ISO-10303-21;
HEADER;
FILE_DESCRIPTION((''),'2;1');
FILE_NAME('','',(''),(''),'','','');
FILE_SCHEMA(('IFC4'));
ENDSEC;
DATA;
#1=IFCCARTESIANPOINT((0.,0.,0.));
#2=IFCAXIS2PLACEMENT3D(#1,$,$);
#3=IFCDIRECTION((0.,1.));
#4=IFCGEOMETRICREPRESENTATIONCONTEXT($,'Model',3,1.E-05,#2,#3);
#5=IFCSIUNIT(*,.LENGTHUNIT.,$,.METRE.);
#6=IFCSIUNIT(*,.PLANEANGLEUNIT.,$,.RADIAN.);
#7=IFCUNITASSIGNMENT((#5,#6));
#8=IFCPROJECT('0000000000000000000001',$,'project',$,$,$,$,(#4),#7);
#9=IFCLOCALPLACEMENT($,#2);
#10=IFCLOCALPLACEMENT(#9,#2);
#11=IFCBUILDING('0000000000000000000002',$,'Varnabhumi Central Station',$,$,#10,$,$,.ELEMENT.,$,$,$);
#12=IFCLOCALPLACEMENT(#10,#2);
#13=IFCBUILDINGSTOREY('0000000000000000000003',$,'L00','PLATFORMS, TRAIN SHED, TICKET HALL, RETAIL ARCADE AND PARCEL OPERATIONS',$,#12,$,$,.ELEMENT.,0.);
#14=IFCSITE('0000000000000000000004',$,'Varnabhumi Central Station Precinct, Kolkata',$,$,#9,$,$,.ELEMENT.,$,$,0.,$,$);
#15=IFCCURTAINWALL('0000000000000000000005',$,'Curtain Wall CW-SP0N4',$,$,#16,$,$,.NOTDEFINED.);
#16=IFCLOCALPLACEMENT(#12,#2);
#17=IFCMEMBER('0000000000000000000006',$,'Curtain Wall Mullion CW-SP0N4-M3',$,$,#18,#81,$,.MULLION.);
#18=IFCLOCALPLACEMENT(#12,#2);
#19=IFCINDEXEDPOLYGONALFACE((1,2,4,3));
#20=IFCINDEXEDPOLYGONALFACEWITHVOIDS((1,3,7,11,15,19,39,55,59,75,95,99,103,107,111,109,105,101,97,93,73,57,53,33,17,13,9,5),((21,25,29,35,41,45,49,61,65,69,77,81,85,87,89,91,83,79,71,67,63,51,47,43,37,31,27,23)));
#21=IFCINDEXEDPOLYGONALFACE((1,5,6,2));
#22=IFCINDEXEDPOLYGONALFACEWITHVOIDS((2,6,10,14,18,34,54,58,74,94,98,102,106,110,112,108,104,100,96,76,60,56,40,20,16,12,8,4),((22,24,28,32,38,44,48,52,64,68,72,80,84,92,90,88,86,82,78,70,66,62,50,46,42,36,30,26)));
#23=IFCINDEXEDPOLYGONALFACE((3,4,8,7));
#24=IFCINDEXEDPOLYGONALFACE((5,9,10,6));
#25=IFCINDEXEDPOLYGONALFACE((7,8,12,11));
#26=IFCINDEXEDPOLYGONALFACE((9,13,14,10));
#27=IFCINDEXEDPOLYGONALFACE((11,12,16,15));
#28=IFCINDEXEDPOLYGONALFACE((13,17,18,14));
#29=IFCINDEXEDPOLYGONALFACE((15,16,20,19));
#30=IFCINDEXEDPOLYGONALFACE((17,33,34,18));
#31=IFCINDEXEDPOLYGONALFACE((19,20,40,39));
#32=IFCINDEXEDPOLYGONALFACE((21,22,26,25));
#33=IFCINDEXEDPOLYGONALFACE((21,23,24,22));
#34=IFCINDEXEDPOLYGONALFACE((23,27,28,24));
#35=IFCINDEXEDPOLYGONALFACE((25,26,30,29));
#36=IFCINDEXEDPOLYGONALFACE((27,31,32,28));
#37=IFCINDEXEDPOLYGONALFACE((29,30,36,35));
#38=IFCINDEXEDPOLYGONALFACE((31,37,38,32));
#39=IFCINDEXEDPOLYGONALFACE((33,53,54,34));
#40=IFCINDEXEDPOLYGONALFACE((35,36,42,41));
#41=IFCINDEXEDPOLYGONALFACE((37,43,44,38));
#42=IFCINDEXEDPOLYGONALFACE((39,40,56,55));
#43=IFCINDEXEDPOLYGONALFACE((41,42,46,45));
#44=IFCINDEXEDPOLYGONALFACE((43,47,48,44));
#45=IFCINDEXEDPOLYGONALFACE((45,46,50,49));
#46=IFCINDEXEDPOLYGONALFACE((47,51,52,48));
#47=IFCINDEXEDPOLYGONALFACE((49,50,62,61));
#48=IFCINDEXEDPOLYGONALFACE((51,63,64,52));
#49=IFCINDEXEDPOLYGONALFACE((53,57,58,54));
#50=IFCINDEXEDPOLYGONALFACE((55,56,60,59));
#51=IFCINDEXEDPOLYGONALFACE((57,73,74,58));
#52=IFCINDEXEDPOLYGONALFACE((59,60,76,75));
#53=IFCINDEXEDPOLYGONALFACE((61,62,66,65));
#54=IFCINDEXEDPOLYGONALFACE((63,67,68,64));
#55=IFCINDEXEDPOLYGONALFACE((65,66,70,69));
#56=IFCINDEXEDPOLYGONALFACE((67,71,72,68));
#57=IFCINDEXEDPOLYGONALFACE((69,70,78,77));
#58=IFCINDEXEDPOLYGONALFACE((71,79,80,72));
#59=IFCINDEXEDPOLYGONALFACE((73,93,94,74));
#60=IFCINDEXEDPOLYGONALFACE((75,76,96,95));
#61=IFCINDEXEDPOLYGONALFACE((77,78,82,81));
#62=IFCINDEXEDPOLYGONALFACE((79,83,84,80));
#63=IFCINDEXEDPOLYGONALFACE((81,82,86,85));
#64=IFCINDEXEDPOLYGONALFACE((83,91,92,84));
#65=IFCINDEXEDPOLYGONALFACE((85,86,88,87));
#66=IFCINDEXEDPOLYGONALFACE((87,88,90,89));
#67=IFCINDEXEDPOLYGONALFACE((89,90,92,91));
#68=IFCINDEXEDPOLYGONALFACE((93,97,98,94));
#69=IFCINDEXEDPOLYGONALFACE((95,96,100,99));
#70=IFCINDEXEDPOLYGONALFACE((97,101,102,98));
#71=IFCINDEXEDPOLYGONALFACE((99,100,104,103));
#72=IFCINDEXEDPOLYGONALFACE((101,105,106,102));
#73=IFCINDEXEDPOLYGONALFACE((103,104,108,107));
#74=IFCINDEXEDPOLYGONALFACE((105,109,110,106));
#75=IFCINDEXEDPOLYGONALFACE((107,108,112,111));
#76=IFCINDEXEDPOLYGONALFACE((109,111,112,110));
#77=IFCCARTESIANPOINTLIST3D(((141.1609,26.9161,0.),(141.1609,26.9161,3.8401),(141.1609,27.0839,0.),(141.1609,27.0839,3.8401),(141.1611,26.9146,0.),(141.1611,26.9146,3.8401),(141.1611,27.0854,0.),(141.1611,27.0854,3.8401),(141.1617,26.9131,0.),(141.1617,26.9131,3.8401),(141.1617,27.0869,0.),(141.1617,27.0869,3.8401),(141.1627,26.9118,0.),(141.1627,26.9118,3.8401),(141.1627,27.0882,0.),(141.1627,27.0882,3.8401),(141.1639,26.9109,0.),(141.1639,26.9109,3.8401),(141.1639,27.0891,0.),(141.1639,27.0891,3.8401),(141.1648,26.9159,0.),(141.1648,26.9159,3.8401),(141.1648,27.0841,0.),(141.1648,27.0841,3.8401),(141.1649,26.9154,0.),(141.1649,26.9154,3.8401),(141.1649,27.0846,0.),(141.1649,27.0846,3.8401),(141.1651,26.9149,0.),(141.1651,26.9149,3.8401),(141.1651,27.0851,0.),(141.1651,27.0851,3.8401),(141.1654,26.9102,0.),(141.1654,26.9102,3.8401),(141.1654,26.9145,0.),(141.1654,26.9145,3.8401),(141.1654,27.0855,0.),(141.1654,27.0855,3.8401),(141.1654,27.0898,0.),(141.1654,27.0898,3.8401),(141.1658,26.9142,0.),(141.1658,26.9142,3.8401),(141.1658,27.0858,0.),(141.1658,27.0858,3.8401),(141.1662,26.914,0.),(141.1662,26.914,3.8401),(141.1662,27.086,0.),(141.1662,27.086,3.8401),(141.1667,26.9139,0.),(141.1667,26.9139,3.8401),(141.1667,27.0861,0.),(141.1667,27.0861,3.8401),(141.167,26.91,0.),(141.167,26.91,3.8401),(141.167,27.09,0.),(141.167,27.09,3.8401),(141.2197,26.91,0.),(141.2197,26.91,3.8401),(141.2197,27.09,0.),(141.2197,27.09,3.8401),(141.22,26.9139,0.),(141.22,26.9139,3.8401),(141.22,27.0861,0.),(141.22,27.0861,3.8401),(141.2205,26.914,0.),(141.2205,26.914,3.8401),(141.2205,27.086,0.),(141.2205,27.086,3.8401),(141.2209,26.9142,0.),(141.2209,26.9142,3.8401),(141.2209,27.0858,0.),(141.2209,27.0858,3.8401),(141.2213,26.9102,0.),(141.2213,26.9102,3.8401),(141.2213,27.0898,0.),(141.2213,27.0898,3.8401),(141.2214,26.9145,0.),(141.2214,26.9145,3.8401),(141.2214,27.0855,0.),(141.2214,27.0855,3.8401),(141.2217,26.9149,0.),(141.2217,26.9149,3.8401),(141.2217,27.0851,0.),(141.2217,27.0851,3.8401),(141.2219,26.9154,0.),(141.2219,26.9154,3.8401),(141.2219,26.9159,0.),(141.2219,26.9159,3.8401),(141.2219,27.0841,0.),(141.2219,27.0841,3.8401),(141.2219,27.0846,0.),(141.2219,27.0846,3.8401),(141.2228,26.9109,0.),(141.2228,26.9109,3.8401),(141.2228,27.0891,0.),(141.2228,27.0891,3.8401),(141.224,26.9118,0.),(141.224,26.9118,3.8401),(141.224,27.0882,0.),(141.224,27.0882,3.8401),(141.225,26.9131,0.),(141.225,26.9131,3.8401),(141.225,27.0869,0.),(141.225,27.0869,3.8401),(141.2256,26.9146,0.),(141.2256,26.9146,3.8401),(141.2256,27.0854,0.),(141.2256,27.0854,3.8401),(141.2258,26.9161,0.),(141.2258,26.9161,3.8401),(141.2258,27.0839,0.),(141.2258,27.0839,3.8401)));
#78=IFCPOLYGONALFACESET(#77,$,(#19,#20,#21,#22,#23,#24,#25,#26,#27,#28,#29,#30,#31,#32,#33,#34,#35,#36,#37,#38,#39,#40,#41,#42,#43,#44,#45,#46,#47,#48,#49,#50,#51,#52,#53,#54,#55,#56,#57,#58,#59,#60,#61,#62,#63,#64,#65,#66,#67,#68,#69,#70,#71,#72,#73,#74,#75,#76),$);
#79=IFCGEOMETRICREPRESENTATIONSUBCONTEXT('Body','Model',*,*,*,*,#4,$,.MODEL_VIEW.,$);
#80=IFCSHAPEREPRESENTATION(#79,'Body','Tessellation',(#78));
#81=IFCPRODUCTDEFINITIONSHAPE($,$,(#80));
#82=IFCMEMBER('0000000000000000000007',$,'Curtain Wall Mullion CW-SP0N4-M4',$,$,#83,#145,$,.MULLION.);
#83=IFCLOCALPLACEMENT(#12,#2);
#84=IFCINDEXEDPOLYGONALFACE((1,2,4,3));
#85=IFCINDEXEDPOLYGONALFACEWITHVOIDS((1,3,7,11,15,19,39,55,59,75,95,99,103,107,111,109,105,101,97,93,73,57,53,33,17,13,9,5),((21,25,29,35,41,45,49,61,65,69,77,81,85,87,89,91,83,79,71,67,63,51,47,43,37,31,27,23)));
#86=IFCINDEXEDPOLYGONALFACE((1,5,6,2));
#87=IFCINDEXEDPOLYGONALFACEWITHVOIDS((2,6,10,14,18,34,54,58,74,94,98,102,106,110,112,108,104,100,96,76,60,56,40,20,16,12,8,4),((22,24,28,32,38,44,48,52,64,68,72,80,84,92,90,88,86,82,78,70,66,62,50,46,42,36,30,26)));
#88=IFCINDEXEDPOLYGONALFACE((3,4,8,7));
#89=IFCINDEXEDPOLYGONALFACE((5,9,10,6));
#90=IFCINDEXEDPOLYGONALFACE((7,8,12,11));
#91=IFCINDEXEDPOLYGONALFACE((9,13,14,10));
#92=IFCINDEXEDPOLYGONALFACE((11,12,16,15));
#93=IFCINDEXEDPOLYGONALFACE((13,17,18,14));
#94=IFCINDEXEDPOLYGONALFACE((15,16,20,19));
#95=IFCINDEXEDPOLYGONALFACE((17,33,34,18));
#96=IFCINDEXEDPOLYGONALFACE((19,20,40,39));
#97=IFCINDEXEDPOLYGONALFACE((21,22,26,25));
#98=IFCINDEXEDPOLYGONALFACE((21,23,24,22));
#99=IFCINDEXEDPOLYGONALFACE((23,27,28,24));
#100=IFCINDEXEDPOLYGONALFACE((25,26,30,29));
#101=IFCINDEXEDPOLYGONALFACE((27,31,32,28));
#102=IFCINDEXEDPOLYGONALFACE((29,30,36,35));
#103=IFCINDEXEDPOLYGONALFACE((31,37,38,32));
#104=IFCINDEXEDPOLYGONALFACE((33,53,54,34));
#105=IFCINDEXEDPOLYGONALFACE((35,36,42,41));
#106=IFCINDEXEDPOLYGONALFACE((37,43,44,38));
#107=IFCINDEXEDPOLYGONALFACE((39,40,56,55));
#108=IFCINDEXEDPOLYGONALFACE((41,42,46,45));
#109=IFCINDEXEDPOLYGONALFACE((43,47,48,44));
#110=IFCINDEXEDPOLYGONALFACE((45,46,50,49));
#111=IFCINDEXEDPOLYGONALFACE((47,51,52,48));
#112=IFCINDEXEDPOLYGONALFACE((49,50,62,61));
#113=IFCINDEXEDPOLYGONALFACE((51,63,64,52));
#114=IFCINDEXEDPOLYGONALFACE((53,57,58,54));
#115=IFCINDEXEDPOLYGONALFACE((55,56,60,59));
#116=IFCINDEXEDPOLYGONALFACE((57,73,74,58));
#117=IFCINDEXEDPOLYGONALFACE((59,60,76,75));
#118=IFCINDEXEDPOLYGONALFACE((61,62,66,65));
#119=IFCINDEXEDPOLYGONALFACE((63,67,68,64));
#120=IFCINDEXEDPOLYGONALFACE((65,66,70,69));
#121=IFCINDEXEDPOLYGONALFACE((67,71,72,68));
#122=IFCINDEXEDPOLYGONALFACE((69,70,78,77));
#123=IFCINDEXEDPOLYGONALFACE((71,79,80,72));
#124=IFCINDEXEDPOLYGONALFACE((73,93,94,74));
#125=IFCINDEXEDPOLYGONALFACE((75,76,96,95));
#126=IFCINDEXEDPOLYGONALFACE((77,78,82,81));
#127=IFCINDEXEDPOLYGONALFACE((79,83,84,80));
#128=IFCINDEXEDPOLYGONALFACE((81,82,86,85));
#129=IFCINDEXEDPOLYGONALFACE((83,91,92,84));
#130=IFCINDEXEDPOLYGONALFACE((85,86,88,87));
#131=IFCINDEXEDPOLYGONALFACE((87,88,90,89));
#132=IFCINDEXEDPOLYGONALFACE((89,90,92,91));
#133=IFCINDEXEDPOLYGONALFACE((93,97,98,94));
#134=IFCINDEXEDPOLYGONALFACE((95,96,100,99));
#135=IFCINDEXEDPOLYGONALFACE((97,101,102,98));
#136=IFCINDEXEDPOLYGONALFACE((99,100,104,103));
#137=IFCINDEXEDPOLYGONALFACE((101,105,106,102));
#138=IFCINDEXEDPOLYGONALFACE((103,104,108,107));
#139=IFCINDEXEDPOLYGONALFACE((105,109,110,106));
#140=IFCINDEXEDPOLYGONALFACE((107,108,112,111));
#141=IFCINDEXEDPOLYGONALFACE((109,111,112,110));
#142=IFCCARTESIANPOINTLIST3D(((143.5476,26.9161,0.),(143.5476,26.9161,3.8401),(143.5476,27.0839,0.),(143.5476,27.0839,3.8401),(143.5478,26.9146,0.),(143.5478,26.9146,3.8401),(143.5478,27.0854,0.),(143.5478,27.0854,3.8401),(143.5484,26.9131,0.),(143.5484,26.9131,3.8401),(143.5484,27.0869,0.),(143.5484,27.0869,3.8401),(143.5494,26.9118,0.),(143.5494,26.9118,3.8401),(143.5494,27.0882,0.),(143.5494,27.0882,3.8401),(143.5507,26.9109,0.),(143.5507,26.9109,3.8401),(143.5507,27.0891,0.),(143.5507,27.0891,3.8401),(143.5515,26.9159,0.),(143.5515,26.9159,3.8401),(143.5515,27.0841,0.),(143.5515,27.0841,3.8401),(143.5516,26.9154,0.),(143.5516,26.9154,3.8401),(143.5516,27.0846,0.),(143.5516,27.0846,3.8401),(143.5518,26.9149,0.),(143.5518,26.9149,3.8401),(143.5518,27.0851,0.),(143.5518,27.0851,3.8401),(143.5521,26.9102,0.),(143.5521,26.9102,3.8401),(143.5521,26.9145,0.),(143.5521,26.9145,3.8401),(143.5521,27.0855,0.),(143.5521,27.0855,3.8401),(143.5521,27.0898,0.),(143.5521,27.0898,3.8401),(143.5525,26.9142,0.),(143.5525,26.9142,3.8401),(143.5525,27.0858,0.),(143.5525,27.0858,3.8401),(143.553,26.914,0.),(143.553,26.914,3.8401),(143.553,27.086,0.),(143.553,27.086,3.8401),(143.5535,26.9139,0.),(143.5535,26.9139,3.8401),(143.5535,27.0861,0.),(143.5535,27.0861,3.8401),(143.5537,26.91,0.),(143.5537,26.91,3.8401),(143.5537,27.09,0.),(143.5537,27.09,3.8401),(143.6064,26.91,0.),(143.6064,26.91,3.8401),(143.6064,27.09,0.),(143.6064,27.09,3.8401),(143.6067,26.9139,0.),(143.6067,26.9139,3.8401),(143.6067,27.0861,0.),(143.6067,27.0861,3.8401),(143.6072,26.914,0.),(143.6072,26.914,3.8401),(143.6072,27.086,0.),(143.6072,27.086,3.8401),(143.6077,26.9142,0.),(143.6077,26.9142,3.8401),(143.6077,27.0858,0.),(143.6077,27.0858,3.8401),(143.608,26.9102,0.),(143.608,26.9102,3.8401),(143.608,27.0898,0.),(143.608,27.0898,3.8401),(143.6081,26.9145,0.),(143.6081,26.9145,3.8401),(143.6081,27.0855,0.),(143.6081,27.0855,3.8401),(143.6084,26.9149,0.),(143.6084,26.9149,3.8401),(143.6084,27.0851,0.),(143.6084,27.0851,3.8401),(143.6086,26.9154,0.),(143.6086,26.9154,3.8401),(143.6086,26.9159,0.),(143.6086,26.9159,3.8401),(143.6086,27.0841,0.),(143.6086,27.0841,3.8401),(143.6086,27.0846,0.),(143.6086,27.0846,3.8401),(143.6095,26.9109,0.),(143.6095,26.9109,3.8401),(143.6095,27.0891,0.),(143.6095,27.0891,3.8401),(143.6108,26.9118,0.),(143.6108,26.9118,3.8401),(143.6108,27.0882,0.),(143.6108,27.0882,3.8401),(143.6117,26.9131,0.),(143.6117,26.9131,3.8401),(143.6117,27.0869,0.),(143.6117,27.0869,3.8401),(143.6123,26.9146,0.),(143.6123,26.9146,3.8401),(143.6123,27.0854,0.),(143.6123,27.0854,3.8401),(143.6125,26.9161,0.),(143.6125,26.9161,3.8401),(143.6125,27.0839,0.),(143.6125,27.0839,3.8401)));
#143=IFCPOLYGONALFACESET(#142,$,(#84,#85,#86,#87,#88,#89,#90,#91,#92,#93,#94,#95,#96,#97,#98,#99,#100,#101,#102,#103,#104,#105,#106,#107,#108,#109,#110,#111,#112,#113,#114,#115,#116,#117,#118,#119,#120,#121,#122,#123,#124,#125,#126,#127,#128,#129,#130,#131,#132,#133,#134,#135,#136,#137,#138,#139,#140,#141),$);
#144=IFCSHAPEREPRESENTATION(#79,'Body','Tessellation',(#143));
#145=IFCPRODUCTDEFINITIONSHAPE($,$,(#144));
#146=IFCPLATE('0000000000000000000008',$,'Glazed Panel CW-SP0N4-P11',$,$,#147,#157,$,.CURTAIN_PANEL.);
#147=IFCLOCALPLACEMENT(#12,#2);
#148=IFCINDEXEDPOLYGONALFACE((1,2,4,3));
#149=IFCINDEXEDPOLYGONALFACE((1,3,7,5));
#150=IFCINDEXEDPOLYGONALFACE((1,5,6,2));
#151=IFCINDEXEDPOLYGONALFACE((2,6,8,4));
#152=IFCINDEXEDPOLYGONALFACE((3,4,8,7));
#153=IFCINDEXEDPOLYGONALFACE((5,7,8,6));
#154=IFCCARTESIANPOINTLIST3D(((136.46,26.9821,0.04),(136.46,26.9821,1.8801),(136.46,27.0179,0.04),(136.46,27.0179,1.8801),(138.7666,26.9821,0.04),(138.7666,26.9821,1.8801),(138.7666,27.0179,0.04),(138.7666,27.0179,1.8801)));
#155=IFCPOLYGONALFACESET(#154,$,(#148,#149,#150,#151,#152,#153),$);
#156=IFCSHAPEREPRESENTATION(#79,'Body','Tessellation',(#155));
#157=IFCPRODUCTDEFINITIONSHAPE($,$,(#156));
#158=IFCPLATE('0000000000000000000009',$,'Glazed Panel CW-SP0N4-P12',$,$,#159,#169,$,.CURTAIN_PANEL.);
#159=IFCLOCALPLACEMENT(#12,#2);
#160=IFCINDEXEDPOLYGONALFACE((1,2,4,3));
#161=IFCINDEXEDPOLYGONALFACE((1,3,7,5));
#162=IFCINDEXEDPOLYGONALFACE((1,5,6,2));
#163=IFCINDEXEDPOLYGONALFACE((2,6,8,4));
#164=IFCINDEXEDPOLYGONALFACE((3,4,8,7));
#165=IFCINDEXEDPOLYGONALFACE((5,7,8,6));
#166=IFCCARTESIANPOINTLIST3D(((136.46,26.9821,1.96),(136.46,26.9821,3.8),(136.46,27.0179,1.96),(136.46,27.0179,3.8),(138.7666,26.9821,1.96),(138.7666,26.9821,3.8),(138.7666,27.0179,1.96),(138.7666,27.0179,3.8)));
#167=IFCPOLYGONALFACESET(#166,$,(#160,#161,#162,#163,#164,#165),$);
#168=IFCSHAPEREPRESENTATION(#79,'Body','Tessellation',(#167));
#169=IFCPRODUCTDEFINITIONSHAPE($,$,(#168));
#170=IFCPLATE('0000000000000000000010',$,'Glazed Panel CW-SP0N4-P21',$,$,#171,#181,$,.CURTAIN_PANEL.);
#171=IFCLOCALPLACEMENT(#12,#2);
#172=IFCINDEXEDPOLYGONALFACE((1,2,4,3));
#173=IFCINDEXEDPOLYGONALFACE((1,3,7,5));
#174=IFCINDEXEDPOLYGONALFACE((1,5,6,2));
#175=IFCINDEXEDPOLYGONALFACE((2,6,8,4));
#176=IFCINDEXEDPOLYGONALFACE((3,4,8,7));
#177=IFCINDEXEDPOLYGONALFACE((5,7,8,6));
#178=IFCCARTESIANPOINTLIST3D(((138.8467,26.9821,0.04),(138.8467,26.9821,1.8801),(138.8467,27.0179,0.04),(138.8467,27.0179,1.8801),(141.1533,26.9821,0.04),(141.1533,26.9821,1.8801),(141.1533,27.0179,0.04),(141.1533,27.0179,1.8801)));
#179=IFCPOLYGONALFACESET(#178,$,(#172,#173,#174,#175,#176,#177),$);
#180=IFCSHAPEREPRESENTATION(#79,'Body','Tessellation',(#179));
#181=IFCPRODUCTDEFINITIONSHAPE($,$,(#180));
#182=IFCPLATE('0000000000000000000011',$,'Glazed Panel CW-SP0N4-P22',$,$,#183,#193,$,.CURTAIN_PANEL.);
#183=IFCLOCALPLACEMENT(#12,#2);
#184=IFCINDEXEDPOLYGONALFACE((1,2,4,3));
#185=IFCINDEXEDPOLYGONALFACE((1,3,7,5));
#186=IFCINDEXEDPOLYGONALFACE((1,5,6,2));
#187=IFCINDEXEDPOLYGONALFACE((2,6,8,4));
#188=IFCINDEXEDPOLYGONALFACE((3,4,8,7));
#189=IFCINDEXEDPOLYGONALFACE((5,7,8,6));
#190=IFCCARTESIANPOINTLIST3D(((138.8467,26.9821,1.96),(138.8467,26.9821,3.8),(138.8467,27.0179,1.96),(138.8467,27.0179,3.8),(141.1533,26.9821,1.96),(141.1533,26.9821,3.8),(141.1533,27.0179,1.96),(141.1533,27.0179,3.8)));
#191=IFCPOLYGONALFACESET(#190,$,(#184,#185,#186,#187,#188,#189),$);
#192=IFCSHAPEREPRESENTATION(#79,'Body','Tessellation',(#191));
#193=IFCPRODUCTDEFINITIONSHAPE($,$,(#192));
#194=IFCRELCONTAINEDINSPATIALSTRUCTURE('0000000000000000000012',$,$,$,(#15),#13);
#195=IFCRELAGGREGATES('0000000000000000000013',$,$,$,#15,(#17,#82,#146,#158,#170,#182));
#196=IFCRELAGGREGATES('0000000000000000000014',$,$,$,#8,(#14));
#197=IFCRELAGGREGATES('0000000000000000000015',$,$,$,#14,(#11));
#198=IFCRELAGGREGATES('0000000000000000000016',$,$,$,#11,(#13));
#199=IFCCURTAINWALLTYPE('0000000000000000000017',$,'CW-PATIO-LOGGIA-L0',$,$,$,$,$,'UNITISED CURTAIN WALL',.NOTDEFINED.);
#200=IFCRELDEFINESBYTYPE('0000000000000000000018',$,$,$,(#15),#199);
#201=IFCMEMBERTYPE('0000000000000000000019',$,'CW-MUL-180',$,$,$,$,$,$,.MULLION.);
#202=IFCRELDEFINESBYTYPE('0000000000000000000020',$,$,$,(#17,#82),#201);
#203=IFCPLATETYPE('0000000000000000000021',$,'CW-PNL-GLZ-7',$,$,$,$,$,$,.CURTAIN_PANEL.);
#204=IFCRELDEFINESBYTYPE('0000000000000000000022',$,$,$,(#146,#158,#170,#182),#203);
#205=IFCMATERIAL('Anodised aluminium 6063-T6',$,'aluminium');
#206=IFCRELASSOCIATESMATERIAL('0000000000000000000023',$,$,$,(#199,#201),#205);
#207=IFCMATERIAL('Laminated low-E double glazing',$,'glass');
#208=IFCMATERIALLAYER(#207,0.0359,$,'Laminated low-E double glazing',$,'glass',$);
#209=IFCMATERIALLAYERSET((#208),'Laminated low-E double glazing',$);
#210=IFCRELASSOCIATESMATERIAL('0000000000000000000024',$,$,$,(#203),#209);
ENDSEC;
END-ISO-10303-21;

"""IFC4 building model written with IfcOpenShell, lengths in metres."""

from ifc_helpers import new_model, si_unit, direction, frame, origin, origin_2d, place, context, subcontext, project, spatial, rectangle, hollow_rectangle, extrude, material, layer, layer_set, material_profile, profile_set, type_object, element, aggregate, save


model = new_model("IFC4")

# Units and contexts
model_context = context("Model", 3, precision=1e-05, world=origin(), true_north=direction((0.0, 1.0)))
body_context = subcontext(model_context, "Body", "Model", "MODEL_VIEW")
ifc_project = project(units=[si_unit("LENGTHUNIT", "METRE"), si_unit("PLANEANGLEUNIT", "RADIAN")], contexts=[model_context])

# Site, building, storey
site_placement = place(None, origin())
site = spatial("IfcSite", under=ifc_project, at=site_placement, Name="Varnabhumi Central Station Precinct, Kolkata", CompositionType="ELEMENT", RefElevation=0.0)
building_placement = place(site_placement, origin())
building = spatial("IfcBuilding", under=site, at=building_placement, Name="Varnabhumi Central Station", CompositionType="ELEMENT")
storey_placement = place(building_placement, origin())
storey = spatial("IfcBuildingStorey", under=building, at=storey_placement, Name="L00", Description="PLATFORMS, TRAIN SHED, TICKET HALL, RETAIL ARCADE AND PARCEL OPERATIONS", CompositionType="ELEMENT", Elevation=0.0)

# Curtain wall, members, plates
ifc_material_1 = material(Name="Anodised aluminium 6063-T6", Category="aluminium")
curtain_wall_type = type_object("IfcCurtainWallType", Name="CW-PATIO-LOGGIA-L0", ElementType="UNITISED CURTAIN WALL", PredefinedType="NOTDEFINED", material=ifc_material_1)
curtain_wall_placement = place(storey_placement, origin())
curtain_wall = element("IfcCurtainWall", 1, at=curtain_wall_placement, inside=storey, type_object=curtain_wall_type, Name="Curtain Wall CW-SP0N4", PredefinedType="NOTDEFINED")
ifc_material_profile_1 = material_profile(ifc_material_1, hollow_rectangle(XDim=0.0649, YDim=0.1799, WallThickness=0.0039, InnerFilletRadius=0.002, OuterFilletRadius=0.0061, at=origin_2d()), Name="Anodised aluminium 6063-T6", Category="aluminium")
ifc_profile_set_1 = profile_set([ifc_material_profile_1], Name="Anodised aluminium 6063-T6")
member_type = type_object("IfcMemberType", Name="CW-MUL-180", PredefinedType="MULLION", material=ifc_profile_set_1)
member_1_placement = place(storey_placement, frame((141.1934, 27.0, 0.0), z_axis=(0.0, 0.0, 1.0), x_axis=(1.0, 0.0, 0.0)))
member_1 = element("IfcMember", 2, at=member_1_placement, type_object=member_type, Name="Curtain Wall Mullion CW-SP0N4-M3", PredefinedType="MULLION", context=body_context, shape_type="SweptSolid", body=[
    extrude(hollow_rectangle(XDim=0.0649, YDim=0.1799, WallThickness=0.0039, InnerFilletRadius=0.002, OuterFilletRadius=0.0061, at=origin_2d()), origin(), (0.0, 0.0, 1.0), 3.8401),
])
member_2_placement = place(storey_placement, frame((143.5801, 27.0, 0.0), z_axis=(0.0, 0.0, 1.0), x_axis=(1.0, 0.0, 0.0)))
member_2 = element("IfcMember", 3, at=member_2_placement, type_object=member_type, Name="Curtain Wall Mullion CW-SP0N4-M4", PredefinedType="MULLION", context=body_context, shape_type="SweptSolid", body=[
    extrude(hollow_rectangle(XDim=0.0649, YDim=0.1799, WallThickness=0.0039, InnerFilletRadius=0.002, OuterFilletRadius=0.0061, at=origin_2d()), origin(), (0.0, 0.0, 1.0), 3.8401),
])
ifc_material_2 = material(Name="Laminated low-E double glazing", Category="glass")
ifc_layer_1 = layer(ifc_material_2, 0.0359, Name="Laminated low-E double glazing", Category="glass")
ifc_layer_set_1 = layer_set([ifc_layer_1], Name="Laminated low-E double glazing")
plate_type = type_object("IfcPlateType", Name="CW-PNL-GLZ-7", PredefinedType="CURTAIN_PANEL", material=ifc_layer_set_1)
plate_1_placement = place(storey_placement, frame((137.6133, 27.0, 0.04), z_axis=(0.0, 0.0, 1.0), x_axis=(1.0, 0.0, 0.0)))
plate_1 = element("IfcPlate", 4, at=plate_1_placement, type_object=plate_type, Name="Glazed Panel CW-SP0N4-P11", PredefinedType="CURTAIN_PANEL", context=body_context, shape_type="SweptSolid", body=[
    extrude(rectangle(XDim=2.3066, YDim=0.0359, at=origin_2d()), origin(), (0.0, 0.0, 1.0), 1.8401),
])
plate_2_placement = place(storey_placement, frame((137.6133, 27.0, 1.96), z_axis=(0.0, 0.0, 1.0), x_axis=(1.0, 0.0, 0.0)))
plate_2 = element("IfcPlate", 5, at=plate_2_placement, type_object=plate_type, Name="Glazed Panel CW-SP0N4-P12", PredefinedType="CURTAIN_PANEL", context=body_context, shape_type="SweptSolid", body=[
    extrude(rectangle(XDim=2.3066, YDim=0.0359, at=origin_2d()), origin(), (0.0, 0.0, 1.0), 1.8401),
])
plate_3_placement = place(storey_placement, frame((140.0, 27.0, 0.04), z_axis=(0.0, 0.0, 1.0), x_axis=(1.0, 0.0, 0.0)))
plate_3 = element("IfcPlate", 6, at=plate_3_placement, type_object=plate_type, Name="Glazed Panel CW-SP0N4-P21", PredefinedType="CURTAIN_PANEL", context=body_context, shape_type="SweptSolid", body=[
    extrude(rectangle(XDim=2.3066, YDim=0.0359, at=origin_2d()), origin(), (0.0, 0.0, 1.0), 1.8401),
])
plate_4_placement = place(storey_placement, frame((140.0, 27.0, 1.96), z_axis=(0.0, 0.0, 1.0), x_axis=(1.0, 0.0, 0.0)))
plate_4 = element("IfcPlate", 7, at=plate_4_placement, type_object=plate_type, Name="Glazed Panel CW-SP0N4-P22", PredefinedType="CURTAIN_PANEL", context=body_context, shape_type="SweptSolid", body=[
    extrude(rectangle(XDim=2.3066, YDim=0.0359, at=origin_2d()), origin(), (0.0, 0.0, 1.0), 1.8401),
])
aggregate(curtain_wall, [member_1, member_2, plate_1, plate_2, plate_3, plate_4])

save(model, "model.ifc")
